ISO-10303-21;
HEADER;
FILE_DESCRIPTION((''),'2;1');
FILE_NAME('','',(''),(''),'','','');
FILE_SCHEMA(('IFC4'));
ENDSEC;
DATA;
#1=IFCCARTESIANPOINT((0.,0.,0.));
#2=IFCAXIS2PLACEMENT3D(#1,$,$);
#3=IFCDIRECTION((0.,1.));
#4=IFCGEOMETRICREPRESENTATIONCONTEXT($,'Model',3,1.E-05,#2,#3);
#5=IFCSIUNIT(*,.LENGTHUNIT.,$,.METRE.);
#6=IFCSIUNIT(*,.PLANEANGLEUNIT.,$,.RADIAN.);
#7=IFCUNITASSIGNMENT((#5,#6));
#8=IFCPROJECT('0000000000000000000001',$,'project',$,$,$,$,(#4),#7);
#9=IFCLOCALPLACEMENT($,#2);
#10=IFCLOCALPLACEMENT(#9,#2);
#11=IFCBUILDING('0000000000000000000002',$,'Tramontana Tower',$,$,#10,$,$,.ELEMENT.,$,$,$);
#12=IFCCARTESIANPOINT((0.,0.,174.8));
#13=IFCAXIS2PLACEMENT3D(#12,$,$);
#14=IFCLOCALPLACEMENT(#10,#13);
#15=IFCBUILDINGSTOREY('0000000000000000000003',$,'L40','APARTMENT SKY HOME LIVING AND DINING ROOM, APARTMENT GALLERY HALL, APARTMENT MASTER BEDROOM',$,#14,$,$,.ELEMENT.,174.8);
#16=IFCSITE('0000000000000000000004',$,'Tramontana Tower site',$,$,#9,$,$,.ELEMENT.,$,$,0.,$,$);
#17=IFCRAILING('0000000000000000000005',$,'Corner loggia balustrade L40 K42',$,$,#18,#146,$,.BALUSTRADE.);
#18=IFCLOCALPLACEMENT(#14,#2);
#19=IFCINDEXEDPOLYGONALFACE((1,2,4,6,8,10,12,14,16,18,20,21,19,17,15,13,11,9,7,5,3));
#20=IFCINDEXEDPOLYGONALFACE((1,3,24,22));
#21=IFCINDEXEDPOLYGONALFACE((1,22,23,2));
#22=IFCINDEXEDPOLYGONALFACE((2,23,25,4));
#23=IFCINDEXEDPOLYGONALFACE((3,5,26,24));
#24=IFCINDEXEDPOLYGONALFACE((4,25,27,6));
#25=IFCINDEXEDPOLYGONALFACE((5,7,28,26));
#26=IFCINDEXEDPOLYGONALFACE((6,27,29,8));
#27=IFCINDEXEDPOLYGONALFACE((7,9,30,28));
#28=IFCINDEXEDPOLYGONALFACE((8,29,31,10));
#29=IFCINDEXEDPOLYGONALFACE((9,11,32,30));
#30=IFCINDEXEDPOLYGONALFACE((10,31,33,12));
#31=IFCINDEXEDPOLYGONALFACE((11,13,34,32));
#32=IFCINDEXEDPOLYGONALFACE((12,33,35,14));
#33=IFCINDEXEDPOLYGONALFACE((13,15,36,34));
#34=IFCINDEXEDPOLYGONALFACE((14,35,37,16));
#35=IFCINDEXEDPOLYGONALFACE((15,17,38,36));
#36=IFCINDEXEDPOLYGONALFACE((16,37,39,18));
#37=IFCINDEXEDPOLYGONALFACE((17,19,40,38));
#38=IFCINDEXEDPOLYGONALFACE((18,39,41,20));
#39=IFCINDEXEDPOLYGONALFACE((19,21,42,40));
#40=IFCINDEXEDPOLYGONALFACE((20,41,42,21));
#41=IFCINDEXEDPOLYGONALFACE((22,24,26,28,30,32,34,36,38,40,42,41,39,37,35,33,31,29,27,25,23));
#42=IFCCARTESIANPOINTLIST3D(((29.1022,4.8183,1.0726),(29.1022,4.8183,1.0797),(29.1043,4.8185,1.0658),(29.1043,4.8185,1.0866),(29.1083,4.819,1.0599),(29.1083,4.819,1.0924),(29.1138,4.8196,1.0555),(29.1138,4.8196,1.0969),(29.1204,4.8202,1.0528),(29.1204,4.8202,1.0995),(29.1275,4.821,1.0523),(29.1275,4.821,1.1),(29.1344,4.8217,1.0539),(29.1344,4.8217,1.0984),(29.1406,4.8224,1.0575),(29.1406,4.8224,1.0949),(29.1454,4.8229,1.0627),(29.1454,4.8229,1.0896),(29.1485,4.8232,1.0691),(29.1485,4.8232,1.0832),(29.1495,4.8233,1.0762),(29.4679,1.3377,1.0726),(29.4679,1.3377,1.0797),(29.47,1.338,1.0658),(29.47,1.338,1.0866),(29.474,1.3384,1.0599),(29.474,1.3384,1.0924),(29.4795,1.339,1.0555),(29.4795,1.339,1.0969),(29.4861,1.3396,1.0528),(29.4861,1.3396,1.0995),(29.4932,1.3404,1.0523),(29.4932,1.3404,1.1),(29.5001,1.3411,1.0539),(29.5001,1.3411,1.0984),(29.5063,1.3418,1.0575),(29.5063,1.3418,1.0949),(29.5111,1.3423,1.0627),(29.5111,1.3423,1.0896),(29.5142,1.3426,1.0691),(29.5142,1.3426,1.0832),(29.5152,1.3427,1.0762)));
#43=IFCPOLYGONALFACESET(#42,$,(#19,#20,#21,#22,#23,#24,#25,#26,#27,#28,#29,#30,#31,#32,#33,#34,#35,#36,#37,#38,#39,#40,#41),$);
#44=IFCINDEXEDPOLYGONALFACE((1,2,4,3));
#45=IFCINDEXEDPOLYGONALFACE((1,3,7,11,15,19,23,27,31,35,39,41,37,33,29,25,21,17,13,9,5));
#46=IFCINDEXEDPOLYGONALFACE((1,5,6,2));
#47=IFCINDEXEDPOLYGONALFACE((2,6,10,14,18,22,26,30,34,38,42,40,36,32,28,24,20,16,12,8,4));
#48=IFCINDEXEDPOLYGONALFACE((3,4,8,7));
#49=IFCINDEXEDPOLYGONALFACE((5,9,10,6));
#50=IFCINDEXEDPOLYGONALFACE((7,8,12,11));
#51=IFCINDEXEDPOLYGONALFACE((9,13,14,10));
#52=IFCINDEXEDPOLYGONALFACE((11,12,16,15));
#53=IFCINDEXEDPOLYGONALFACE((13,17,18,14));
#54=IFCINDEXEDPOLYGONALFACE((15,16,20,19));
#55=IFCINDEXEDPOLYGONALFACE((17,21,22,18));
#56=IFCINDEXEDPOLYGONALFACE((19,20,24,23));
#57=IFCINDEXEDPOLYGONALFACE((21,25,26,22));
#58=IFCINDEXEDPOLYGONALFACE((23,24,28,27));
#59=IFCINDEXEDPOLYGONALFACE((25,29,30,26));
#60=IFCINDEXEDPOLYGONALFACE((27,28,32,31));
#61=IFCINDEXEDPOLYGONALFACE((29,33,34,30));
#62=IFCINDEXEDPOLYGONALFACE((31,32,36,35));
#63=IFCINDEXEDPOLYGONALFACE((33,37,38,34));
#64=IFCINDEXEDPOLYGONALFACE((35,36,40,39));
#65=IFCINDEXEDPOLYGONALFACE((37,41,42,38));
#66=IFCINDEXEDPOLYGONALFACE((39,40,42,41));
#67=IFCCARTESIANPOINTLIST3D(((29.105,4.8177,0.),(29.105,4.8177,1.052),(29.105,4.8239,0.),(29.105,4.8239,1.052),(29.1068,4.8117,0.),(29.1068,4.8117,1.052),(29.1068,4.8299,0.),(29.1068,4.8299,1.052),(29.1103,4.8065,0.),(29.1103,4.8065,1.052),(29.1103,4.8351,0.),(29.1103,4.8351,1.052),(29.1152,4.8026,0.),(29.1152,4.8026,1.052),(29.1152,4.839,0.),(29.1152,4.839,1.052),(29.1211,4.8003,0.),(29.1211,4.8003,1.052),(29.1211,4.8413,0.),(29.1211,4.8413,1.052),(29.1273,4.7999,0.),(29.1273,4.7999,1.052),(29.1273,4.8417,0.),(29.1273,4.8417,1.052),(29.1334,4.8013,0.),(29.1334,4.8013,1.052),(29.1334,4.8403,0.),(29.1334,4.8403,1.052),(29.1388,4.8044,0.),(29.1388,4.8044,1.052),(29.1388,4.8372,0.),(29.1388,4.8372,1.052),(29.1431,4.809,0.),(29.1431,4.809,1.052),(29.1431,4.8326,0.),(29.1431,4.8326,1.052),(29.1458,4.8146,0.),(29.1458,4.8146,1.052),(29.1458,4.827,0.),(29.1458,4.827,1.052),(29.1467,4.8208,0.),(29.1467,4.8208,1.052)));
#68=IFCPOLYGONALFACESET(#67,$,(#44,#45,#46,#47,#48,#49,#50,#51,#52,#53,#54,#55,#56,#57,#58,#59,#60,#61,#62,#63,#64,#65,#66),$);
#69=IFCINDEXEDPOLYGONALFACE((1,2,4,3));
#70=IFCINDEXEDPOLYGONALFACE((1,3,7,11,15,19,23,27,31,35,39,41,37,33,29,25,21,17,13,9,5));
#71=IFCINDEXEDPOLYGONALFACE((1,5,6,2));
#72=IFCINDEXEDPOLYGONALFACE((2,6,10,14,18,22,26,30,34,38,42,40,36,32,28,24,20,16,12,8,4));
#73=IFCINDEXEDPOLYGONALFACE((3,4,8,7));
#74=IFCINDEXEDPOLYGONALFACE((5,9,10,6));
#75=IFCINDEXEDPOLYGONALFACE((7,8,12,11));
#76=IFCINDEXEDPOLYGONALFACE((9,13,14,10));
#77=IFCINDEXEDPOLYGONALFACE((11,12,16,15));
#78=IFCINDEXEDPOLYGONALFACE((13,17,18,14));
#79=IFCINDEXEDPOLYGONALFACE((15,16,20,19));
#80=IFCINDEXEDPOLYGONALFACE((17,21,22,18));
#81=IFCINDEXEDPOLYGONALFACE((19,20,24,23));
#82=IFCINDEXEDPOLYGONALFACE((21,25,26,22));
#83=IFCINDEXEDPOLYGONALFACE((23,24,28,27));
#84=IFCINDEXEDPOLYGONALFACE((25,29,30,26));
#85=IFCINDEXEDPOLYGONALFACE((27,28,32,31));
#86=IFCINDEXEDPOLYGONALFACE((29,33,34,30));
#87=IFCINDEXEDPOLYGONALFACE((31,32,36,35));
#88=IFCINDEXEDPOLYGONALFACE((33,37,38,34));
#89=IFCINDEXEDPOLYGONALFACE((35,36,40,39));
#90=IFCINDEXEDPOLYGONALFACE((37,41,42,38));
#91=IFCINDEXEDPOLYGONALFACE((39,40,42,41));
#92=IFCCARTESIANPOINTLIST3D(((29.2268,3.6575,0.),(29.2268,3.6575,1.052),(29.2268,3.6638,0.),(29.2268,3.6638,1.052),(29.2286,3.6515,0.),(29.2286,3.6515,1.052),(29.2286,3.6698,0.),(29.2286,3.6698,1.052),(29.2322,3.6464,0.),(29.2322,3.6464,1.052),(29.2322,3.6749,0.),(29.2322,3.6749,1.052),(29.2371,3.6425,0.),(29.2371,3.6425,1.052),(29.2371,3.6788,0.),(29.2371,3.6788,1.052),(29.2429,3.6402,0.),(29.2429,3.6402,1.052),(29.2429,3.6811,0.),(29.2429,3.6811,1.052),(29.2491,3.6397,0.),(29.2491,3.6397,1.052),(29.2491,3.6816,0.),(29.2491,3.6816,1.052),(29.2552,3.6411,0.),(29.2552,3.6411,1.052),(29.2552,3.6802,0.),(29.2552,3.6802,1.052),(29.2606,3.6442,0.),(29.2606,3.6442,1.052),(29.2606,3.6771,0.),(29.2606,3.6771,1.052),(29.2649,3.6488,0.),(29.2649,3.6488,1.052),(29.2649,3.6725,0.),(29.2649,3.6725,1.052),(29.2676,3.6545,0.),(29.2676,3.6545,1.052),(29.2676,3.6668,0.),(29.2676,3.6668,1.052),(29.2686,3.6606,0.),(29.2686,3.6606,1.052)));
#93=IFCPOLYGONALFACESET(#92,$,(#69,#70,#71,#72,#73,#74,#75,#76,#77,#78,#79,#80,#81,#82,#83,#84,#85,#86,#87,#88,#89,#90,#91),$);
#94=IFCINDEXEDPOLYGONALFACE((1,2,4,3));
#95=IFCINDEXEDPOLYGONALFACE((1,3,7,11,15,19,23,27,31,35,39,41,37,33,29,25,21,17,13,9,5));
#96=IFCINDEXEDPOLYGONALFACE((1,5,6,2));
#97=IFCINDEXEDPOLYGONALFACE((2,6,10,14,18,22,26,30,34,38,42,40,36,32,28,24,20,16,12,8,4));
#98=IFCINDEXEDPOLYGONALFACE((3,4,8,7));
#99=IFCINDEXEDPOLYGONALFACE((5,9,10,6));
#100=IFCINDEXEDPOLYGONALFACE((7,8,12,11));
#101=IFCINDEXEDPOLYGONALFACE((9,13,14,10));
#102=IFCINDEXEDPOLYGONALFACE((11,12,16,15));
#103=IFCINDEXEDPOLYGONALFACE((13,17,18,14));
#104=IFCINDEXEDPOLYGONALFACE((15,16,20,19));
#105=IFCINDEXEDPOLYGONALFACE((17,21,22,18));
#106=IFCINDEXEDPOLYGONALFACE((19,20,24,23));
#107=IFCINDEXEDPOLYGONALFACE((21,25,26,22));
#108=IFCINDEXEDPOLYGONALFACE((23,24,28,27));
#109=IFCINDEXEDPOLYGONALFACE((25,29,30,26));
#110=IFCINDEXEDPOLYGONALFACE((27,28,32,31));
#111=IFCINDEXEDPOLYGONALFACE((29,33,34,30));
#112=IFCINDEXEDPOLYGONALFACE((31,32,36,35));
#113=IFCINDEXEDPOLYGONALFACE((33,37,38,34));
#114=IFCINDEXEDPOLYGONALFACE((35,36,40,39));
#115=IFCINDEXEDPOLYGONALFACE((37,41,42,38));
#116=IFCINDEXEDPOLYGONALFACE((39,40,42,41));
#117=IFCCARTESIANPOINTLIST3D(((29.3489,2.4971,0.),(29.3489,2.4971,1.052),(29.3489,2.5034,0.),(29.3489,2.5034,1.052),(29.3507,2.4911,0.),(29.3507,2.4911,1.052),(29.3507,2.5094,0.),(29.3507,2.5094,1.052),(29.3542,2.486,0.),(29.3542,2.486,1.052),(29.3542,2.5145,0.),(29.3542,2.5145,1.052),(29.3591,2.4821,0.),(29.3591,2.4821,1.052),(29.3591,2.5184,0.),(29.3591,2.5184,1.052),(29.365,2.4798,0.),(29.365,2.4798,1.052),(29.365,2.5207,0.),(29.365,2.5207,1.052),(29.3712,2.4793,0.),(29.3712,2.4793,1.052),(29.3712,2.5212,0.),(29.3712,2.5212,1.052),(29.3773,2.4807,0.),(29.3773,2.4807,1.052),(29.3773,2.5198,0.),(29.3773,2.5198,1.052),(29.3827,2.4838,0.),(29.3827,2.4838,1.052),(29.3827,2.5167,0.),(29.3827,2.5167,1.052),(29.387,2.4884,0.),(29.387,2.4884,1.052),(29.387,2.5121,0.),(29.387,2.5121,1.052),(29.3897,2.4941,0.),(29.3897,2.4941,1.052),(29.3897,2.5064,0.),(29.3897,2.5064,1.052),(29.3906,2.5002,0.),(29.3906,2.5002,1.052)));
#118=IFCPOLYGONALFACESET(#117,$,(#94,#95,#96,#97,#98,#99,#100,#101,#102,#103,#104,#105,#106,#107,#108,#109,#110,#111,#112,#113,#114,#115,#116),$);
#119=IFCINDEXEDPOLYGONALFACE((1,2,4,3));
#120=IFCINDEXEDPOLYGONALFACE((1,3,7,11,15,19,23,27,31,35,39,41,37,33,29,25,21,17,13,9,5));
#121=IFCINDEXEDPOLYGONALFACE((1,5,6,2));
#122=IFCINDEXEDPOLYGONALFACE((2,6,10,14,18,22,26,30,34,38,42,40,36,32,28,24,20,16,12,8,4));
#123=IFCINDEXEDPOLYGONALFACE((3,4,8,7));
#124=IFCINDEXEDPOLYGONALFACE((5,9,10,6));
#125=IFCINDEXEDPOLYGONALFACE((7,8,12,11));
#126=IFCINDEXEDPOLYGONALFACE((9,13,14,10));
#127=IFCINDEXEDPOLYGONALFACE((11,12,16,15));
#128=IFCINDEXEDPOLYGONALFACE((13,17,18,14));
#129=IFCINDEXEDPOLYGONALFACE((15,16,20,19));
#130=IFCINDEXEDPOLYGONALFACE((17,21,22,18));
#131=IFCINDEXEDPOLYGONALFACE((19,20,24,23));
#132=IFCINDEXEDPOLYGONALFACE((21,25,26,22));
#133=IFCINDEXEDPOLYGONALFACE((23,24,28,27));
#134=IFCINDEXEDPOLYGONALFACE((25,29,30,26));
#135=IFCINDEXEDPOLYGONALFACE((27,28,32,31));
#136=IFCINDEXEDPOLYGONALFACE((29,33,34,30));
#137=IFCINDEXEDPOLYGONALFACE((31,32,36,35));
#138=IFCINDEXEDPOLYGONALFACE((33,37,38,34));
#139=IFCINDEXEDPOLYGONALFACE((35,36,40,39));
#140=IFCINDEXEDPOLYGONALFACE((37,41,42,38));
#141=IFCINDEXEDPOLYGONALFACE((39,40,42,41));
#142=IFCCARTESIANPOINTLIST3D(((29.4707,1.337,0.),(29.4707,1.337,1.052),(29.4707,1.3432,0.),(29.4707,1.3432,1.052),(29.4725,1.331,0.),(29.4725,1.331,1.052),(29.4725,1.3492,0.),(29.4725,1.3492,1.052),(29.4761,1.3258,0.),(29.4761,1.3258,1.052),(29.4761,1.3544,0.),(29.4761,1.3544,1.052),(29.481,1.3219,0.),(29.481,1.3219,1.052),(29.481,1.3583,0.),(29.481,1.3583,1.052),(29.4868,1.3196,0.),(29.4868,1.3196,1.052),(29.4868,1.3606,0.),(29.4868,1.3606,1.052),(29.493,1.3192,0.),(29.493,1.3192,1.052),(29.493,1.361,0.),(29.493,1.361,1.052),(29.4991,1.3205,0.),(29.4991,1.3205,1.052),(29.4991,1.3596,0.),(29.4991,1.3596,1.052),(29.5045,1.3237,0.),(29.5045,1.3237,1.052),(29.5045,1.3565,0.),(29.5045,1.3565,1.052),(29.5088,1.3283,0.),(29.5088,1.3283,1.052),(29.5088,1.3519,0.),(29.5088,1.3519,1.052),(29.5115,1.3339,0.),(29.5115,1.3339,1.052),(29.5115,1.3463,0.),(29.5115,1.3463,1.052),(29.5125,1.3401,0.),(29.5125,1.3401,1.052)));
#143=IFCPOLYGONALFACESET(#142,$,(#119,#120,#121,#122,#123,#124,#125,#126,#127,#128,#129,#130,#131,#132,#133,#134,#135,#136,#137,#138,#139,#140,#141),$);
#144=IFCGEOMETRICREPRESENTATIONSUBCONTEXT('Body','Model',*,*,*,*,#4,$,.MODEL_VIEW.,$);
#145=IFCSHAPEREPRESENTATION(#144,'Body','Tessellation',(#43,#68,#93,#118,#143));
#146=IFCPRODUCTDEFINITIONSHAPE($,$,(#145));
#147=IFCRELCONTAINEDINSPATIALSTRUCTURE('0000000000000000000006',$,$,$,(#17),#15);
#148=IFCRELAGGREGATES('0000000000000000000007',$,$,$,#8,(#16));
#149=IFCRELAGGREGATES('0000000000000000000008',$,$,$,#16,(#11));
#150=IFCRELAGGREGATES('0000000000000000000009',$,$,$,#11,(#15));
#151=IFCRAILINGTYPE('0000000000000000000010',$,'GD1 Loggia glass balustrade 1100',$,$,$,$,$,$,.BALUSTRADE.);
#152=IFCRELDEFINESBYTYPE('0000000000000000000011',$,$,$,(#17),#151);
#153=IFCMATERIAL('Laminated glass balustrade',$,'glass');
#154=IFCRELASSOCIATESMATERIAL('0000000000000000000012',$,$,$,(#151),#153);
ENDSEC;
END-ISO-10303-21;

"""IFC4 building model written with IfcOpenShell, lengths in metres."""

from ifc_helpers import new_model, si_unit, direction, frame, origin, origin_2d, place, context, subcontext, project, spatial, circle, extrude, material, type_object, element, save


model = new_model("IFC4")

# Units and contexts
model_context = context("Model", 3, precision=1e-05, world=origin(), true_north=direction((0.0, 1.0)))
body_context = subcontext(model_context, "Body", "Model", "MODEL_VIEW")
ifc_project = project(units=[si_unit("LENGTHUNIT", "METRE"), si_unit("PLANEANGLEUNIT", "RADIAN")], contexts=[model_context])

# Site, building, storey
site_placement = place(None, origin())
site = spatial("IfcSite", under=ifc_project, at=site_placement, Name="Tramontana Tower site", CompositionType="ELEMENT", RefElevation=0.0)
building_placement = place(site_placement, origin())
building = spatial("IfcBuilding", under=site, at=building_placement, Name="Tramontana Tower", CompositionType="ELEMENT")
storey_placement = place(building_placement, frame((0.0, 0.0, 174.8)))
storey = spatial("IfcBuildingStorey", under=building, at=storey_placement, Name="L40", Description="APARTMENT SKY HOME LIVING AND DINING ROOM, APARTMENT GALLERY HALL, APARTMENT MASTER BEDROOM", CompositionType="ELEMENT", Elevation=174.8)

# Railing
ifc_material_1 = material(Name="Laminated glass balustrade", Category="glass")
railing_type = type_object("IfcRailingType", Name="GD1 Loggia glass balustrade 1100", PredefinedType="BALUSTRADE", material=ifc_material_1)
railing_1_placement = place(storey_placement, frame((29.1257, 4.8208, 0.0)))
element("IfcRailing", 1, at=railing_1_placement, inside=storey, type_object=railing_type, Name="Corner loggia balustrade L40 K42", PredefinedType="BALUSTRADE", context=body_context, shape_type="SweptSolid", body=[
    extrude(circle(Radius=0.0239, at=origin_2d()), frame((0.0, 0.0, 1.0762), z_axis=(0.104496, -0.994525, 0.0), x_axis=(0.994525, 0.104496, 0.0)), (0.0, 0.0, 1.0), 3.4998),
    extrude(circle(Radius=0.021, at=origin_2d()), origin(), (0.0, 0.0, 1.0), 1.052),
    extrude(circle(Radius=0.021, at=origin_2d()), frame((0.1218, -1.1602, 0.0)), (0.0, 0.0, 1.0), 1.052),
    extrude(circle(Radius=0.021, at=origin_2d()), frame((0.2439, -2.3206, 0.0)), (0.0, 0.0, 1.0), 1.052),
    extrude(circle(Radius=0.021, at=origin_2d()), frame((0.3657, -3.4807, 0.0)), (0.0, 0.0, 1.0), 1.052),
])

save(model, "model.ifc")
